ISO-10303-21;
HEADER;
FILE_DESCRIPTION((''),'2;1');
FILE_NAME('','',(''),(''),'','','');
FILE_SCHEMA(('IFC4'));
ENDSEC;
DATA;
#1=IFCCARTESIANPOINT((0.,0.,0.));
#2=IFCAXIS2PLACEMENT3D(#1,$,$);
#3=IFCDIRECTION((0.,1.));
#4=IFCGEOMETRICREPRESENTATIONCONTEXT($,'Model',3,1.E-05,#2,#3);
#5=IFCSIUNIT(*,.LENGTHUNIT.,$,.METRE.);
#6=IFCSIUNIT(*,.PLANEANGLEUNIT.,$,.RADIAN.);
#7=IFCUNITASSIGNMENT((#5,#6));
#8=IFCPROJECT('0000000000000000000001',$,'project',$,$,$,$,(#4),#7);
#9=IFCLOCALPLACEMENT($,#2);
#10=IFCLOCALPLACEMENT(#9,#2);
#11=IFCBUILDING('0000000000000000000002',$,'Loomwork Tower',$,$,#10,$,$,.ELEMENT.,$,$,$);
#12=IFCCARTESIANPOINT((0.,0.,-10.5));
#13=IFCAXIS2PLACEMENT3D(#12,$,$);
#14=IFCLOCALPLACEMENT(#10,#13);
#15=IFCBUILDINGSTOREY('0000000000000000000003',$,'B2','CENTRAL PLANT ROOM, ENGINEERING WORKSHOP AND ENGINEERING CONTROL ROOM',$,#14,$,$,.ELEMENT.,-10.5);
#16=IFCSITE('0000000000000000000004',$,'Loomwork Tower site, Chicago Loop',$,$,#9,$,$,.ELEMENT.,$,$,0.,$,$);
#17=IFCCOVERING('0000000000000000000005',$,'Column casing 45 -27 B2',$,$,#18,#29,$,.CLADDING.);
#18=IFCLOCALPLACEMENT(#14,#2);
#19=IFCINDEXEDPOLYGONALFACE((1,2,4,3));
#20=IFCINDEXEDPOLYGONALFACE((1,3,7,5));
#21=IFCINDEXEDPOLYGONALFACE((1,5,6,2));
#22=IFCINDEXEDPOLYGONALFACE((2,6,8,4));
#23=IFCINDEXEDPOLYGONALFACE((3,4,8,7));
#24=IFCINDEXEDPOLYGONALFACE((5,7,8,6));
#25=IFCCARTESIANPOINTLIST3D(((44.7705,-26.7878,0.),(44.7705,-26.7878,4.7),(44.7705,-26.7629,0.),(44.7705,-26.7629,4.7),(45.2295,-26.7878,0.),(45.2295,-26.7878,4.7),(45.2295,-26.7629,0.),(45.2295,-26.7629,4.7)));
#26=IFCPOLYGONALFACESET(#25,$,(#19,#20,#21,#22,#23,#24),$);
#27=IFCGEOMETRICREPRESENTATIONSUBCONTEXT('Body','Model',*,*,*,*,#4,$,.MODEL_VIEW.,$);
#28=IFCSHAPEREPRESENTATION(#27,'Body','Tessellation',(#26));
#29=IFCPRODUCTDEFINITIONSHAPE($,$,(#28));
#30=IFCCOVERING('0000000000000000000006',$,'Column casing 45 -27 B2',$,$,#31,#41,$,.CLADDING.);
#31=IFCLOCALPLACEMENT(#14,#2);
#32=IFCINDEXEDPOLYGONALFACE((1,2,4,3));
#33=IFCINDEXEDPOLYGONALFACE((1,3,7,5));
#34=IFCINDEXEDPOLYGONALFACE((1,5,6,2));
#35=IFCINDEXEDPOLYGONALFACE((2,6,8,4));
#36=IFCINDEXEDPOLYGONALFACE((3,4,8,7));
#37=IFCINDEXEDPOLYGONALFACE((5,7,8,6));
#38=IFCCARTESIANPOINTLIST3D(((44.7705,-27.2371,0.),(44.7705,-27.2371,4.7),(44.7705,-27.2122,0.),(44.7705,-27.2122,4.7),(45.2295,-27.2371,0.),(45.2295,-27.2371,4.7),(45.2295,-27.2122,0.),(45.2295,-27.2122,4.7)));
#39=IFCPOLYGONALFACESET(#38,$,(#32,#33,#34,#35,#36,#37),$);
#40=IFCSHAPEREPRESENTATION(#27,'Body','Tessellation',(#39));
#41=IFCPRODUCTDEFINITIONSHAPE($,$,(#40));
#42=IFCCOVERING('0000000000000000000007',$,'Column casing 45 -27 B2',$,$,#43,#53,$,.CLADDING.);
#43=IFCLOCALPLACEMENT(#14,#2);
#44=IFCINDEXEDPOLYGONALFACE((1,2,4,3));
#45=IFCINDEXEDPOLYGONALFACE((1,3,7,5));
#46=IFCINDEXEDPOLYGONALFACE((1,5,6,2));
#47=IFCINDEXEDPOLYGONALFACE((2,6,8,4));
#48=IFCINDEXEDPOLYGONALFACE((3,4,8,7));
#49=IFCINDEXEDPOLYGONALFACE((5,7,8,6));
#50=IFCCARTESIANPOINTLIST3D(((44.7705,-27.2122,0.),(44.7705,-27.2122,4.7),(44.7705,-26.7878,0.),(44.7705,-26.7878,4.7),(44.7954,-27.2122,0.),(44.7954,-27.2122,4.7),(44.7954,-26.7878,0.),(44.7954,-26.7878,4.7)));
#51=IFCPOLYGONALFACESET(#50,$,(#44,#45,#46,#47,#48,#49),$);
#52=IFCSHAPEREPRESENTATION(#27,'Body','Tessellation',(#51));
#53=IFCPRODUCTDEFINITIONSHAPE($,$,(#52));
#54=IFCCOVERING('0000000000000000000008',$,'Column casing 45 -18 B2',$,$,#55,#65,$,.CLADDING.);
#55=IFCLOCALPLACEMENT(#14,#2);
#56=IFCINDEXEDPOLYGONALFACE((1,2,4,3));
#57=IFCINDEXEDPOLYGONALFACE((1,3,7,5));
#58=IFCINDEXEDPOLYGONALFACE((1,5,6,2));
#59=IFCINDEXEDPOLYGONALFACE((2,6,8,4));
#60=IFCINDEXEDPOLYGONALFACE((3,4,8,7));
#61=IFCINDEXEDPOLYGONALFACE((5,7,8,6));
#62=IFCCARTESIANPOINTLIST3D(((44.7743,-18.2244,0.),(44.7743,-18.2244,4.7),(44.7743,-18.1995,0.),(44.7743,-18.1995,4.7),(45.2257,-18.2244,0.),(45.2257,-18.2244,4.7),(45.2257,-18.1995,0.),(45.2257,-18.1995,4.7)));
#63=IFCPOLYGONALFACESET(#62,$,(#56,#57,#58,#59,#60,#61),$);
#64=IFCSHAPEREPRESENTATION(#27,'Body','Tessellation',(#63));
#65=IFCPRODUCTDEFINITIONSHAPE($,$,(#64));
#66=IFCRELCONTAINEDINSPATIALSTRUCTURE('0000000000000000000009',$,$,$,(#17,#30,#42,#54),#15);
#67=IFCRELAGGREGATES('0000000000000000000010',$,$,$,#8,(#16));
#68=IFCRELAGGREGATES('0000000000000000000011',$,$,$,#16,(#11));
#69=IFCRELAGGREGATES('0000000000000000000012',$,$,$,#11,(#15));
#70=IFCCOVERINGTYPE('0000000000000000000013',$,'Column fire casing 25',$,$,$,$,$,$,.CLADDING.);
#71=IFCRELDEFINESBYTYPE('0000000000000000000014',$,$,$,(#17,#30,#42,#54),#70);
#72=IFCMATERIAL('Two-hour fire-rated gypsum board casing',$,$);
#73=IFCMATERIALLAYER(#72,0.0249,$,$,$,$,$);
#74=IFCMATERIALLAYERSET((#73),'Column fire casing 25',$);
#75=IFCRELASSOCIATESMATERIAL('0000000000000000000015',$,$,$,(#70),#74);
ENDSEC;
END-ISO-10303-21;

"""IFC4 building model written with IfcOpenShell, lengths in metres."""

from ifc_helpers import new_model, si_unit, direction, frame, origin, origin_2d, place, context, subcontext, project, spatial, rectangle, extrude, material, layer, layer_set, type_object, element, save


model = new_model("IFC4")

# Units and contexts
model_context = context("Model", 3, precision=1e-05, world=origin(), true_north=direction((0.0, 1.0)))
body_context = subcontext(model_context, "Body", "Model", "MODEL_VIEW")
ifc_project = project(units=[si_unit("LENGTHUNIT", "METRE"), si_unit("PLANEANGLEUNIT", "RADIAN")], contexts=[model_context])

# Site, building, storey
site_placement = place(None, origin())
site = spatial("IfcSite", under=ifc_project, at=site_placement, Name="Loomwork Tower site, Chicago Loop", CompositionType="ELEMENT", RefElevation=0.0)
building_placement = place(site_placement, origin())
building = spatial("IfcBuilding", under=site, at=building_placement, Name="Loomwork Tower", CompositionType="ELEMENT")
storey_placement = place(building_placement, frame((0.0, 0.0, -10.5)))
storey = spatial("IfcBuildingStorey", under=building, at=storey_placement, Name="B2", Description="CENTRAL PLANT ROOM, ENGINEERING WORKSHOP AND ENGINEERING CONTROL ROOM", CompositionType="ELEMENT", Elevation=-10.5)

# Coverings
ifc_material_1 = material(Name="Two-hour fire-rated gypsum board casing")
ifc_layer_1 = layer(ifc_material_1, 0.0249)
ifc_layer_set_1 = layer_set([ifc_layer_1], Name="Column fire casing 25")
covering_type = type_object("IfcCoveringType", Name="Column fire casing 25", PredefinedType="CLADDING", material=ifc_layer_set_1)
for number, where, z_axis, x_axis, name in (
    (1, (45.0, -26.7754, 0.0), (0.0, 0.0, 1.0), (1.0, 0.0, 0.0), "Column casing 45 -27 B2"),
    (2, (45.0, -27.2246, 0.0), (0.0, 0.0, 1.0), (1.0, 0.0, 0.0), "Column casing 45 -27 B2"),
):
    element("IfcCovering", number, at=place(storey_placement, frame(where, z_axis=z_axis, x_axis=x_axis)), inside=storey, type_object=covering_type, Name=name, PredefinedType="CLADDING", context=body_context, shape_type="SweptSolid", body=[
        extrude(rectangle(XDim=0.459, YDim=0.0249, at=origin_2d()), origin(), (0.0, 0.0, 1.0), 4.7),
    ])
covering_1_placement = place(storey_placement, frame((44.783, -27.0, 0.0), z_axis=(0.0, 0.0, 1.0), x_axis=(1.0, 0.0, 0.0)))
element("IfcCovering", 3, at=covering_1_placement, inside=storey, type_object=covering_type, Name="Column casing 45 -27 B2", PredefinedType="CLADDING", context=body_context, shape_type="SweptSolid", body=[
    extrude(rectangle(XDim=0.0249, YDim=0.4243, at=origin_2d()), origin(), (0.0, 0.0, 1.0), 4.7),
])
covering_2_placement = place(storey_placement, frame((45.0, -18.2119, 0.0), z_axis=(0.0, 0.0, 1.0), x_axis=(1.0, 0.0, 0.0)))
element("IfcCovering", 4, at=covering_2_placement, inside=storey, type_object=covering_type, Name="Column casing 45 -18 B2", PredefinedType="CLADDING", context=body_context, shape_type="SweptSolid", body=[
    extrude(rectangle(XDim=0.4514, YDim=0.0249, at=origin_2d()), origin(), (0.0, 0.0, 1.0), 4.7),
])

save(model, "model.ifc")
